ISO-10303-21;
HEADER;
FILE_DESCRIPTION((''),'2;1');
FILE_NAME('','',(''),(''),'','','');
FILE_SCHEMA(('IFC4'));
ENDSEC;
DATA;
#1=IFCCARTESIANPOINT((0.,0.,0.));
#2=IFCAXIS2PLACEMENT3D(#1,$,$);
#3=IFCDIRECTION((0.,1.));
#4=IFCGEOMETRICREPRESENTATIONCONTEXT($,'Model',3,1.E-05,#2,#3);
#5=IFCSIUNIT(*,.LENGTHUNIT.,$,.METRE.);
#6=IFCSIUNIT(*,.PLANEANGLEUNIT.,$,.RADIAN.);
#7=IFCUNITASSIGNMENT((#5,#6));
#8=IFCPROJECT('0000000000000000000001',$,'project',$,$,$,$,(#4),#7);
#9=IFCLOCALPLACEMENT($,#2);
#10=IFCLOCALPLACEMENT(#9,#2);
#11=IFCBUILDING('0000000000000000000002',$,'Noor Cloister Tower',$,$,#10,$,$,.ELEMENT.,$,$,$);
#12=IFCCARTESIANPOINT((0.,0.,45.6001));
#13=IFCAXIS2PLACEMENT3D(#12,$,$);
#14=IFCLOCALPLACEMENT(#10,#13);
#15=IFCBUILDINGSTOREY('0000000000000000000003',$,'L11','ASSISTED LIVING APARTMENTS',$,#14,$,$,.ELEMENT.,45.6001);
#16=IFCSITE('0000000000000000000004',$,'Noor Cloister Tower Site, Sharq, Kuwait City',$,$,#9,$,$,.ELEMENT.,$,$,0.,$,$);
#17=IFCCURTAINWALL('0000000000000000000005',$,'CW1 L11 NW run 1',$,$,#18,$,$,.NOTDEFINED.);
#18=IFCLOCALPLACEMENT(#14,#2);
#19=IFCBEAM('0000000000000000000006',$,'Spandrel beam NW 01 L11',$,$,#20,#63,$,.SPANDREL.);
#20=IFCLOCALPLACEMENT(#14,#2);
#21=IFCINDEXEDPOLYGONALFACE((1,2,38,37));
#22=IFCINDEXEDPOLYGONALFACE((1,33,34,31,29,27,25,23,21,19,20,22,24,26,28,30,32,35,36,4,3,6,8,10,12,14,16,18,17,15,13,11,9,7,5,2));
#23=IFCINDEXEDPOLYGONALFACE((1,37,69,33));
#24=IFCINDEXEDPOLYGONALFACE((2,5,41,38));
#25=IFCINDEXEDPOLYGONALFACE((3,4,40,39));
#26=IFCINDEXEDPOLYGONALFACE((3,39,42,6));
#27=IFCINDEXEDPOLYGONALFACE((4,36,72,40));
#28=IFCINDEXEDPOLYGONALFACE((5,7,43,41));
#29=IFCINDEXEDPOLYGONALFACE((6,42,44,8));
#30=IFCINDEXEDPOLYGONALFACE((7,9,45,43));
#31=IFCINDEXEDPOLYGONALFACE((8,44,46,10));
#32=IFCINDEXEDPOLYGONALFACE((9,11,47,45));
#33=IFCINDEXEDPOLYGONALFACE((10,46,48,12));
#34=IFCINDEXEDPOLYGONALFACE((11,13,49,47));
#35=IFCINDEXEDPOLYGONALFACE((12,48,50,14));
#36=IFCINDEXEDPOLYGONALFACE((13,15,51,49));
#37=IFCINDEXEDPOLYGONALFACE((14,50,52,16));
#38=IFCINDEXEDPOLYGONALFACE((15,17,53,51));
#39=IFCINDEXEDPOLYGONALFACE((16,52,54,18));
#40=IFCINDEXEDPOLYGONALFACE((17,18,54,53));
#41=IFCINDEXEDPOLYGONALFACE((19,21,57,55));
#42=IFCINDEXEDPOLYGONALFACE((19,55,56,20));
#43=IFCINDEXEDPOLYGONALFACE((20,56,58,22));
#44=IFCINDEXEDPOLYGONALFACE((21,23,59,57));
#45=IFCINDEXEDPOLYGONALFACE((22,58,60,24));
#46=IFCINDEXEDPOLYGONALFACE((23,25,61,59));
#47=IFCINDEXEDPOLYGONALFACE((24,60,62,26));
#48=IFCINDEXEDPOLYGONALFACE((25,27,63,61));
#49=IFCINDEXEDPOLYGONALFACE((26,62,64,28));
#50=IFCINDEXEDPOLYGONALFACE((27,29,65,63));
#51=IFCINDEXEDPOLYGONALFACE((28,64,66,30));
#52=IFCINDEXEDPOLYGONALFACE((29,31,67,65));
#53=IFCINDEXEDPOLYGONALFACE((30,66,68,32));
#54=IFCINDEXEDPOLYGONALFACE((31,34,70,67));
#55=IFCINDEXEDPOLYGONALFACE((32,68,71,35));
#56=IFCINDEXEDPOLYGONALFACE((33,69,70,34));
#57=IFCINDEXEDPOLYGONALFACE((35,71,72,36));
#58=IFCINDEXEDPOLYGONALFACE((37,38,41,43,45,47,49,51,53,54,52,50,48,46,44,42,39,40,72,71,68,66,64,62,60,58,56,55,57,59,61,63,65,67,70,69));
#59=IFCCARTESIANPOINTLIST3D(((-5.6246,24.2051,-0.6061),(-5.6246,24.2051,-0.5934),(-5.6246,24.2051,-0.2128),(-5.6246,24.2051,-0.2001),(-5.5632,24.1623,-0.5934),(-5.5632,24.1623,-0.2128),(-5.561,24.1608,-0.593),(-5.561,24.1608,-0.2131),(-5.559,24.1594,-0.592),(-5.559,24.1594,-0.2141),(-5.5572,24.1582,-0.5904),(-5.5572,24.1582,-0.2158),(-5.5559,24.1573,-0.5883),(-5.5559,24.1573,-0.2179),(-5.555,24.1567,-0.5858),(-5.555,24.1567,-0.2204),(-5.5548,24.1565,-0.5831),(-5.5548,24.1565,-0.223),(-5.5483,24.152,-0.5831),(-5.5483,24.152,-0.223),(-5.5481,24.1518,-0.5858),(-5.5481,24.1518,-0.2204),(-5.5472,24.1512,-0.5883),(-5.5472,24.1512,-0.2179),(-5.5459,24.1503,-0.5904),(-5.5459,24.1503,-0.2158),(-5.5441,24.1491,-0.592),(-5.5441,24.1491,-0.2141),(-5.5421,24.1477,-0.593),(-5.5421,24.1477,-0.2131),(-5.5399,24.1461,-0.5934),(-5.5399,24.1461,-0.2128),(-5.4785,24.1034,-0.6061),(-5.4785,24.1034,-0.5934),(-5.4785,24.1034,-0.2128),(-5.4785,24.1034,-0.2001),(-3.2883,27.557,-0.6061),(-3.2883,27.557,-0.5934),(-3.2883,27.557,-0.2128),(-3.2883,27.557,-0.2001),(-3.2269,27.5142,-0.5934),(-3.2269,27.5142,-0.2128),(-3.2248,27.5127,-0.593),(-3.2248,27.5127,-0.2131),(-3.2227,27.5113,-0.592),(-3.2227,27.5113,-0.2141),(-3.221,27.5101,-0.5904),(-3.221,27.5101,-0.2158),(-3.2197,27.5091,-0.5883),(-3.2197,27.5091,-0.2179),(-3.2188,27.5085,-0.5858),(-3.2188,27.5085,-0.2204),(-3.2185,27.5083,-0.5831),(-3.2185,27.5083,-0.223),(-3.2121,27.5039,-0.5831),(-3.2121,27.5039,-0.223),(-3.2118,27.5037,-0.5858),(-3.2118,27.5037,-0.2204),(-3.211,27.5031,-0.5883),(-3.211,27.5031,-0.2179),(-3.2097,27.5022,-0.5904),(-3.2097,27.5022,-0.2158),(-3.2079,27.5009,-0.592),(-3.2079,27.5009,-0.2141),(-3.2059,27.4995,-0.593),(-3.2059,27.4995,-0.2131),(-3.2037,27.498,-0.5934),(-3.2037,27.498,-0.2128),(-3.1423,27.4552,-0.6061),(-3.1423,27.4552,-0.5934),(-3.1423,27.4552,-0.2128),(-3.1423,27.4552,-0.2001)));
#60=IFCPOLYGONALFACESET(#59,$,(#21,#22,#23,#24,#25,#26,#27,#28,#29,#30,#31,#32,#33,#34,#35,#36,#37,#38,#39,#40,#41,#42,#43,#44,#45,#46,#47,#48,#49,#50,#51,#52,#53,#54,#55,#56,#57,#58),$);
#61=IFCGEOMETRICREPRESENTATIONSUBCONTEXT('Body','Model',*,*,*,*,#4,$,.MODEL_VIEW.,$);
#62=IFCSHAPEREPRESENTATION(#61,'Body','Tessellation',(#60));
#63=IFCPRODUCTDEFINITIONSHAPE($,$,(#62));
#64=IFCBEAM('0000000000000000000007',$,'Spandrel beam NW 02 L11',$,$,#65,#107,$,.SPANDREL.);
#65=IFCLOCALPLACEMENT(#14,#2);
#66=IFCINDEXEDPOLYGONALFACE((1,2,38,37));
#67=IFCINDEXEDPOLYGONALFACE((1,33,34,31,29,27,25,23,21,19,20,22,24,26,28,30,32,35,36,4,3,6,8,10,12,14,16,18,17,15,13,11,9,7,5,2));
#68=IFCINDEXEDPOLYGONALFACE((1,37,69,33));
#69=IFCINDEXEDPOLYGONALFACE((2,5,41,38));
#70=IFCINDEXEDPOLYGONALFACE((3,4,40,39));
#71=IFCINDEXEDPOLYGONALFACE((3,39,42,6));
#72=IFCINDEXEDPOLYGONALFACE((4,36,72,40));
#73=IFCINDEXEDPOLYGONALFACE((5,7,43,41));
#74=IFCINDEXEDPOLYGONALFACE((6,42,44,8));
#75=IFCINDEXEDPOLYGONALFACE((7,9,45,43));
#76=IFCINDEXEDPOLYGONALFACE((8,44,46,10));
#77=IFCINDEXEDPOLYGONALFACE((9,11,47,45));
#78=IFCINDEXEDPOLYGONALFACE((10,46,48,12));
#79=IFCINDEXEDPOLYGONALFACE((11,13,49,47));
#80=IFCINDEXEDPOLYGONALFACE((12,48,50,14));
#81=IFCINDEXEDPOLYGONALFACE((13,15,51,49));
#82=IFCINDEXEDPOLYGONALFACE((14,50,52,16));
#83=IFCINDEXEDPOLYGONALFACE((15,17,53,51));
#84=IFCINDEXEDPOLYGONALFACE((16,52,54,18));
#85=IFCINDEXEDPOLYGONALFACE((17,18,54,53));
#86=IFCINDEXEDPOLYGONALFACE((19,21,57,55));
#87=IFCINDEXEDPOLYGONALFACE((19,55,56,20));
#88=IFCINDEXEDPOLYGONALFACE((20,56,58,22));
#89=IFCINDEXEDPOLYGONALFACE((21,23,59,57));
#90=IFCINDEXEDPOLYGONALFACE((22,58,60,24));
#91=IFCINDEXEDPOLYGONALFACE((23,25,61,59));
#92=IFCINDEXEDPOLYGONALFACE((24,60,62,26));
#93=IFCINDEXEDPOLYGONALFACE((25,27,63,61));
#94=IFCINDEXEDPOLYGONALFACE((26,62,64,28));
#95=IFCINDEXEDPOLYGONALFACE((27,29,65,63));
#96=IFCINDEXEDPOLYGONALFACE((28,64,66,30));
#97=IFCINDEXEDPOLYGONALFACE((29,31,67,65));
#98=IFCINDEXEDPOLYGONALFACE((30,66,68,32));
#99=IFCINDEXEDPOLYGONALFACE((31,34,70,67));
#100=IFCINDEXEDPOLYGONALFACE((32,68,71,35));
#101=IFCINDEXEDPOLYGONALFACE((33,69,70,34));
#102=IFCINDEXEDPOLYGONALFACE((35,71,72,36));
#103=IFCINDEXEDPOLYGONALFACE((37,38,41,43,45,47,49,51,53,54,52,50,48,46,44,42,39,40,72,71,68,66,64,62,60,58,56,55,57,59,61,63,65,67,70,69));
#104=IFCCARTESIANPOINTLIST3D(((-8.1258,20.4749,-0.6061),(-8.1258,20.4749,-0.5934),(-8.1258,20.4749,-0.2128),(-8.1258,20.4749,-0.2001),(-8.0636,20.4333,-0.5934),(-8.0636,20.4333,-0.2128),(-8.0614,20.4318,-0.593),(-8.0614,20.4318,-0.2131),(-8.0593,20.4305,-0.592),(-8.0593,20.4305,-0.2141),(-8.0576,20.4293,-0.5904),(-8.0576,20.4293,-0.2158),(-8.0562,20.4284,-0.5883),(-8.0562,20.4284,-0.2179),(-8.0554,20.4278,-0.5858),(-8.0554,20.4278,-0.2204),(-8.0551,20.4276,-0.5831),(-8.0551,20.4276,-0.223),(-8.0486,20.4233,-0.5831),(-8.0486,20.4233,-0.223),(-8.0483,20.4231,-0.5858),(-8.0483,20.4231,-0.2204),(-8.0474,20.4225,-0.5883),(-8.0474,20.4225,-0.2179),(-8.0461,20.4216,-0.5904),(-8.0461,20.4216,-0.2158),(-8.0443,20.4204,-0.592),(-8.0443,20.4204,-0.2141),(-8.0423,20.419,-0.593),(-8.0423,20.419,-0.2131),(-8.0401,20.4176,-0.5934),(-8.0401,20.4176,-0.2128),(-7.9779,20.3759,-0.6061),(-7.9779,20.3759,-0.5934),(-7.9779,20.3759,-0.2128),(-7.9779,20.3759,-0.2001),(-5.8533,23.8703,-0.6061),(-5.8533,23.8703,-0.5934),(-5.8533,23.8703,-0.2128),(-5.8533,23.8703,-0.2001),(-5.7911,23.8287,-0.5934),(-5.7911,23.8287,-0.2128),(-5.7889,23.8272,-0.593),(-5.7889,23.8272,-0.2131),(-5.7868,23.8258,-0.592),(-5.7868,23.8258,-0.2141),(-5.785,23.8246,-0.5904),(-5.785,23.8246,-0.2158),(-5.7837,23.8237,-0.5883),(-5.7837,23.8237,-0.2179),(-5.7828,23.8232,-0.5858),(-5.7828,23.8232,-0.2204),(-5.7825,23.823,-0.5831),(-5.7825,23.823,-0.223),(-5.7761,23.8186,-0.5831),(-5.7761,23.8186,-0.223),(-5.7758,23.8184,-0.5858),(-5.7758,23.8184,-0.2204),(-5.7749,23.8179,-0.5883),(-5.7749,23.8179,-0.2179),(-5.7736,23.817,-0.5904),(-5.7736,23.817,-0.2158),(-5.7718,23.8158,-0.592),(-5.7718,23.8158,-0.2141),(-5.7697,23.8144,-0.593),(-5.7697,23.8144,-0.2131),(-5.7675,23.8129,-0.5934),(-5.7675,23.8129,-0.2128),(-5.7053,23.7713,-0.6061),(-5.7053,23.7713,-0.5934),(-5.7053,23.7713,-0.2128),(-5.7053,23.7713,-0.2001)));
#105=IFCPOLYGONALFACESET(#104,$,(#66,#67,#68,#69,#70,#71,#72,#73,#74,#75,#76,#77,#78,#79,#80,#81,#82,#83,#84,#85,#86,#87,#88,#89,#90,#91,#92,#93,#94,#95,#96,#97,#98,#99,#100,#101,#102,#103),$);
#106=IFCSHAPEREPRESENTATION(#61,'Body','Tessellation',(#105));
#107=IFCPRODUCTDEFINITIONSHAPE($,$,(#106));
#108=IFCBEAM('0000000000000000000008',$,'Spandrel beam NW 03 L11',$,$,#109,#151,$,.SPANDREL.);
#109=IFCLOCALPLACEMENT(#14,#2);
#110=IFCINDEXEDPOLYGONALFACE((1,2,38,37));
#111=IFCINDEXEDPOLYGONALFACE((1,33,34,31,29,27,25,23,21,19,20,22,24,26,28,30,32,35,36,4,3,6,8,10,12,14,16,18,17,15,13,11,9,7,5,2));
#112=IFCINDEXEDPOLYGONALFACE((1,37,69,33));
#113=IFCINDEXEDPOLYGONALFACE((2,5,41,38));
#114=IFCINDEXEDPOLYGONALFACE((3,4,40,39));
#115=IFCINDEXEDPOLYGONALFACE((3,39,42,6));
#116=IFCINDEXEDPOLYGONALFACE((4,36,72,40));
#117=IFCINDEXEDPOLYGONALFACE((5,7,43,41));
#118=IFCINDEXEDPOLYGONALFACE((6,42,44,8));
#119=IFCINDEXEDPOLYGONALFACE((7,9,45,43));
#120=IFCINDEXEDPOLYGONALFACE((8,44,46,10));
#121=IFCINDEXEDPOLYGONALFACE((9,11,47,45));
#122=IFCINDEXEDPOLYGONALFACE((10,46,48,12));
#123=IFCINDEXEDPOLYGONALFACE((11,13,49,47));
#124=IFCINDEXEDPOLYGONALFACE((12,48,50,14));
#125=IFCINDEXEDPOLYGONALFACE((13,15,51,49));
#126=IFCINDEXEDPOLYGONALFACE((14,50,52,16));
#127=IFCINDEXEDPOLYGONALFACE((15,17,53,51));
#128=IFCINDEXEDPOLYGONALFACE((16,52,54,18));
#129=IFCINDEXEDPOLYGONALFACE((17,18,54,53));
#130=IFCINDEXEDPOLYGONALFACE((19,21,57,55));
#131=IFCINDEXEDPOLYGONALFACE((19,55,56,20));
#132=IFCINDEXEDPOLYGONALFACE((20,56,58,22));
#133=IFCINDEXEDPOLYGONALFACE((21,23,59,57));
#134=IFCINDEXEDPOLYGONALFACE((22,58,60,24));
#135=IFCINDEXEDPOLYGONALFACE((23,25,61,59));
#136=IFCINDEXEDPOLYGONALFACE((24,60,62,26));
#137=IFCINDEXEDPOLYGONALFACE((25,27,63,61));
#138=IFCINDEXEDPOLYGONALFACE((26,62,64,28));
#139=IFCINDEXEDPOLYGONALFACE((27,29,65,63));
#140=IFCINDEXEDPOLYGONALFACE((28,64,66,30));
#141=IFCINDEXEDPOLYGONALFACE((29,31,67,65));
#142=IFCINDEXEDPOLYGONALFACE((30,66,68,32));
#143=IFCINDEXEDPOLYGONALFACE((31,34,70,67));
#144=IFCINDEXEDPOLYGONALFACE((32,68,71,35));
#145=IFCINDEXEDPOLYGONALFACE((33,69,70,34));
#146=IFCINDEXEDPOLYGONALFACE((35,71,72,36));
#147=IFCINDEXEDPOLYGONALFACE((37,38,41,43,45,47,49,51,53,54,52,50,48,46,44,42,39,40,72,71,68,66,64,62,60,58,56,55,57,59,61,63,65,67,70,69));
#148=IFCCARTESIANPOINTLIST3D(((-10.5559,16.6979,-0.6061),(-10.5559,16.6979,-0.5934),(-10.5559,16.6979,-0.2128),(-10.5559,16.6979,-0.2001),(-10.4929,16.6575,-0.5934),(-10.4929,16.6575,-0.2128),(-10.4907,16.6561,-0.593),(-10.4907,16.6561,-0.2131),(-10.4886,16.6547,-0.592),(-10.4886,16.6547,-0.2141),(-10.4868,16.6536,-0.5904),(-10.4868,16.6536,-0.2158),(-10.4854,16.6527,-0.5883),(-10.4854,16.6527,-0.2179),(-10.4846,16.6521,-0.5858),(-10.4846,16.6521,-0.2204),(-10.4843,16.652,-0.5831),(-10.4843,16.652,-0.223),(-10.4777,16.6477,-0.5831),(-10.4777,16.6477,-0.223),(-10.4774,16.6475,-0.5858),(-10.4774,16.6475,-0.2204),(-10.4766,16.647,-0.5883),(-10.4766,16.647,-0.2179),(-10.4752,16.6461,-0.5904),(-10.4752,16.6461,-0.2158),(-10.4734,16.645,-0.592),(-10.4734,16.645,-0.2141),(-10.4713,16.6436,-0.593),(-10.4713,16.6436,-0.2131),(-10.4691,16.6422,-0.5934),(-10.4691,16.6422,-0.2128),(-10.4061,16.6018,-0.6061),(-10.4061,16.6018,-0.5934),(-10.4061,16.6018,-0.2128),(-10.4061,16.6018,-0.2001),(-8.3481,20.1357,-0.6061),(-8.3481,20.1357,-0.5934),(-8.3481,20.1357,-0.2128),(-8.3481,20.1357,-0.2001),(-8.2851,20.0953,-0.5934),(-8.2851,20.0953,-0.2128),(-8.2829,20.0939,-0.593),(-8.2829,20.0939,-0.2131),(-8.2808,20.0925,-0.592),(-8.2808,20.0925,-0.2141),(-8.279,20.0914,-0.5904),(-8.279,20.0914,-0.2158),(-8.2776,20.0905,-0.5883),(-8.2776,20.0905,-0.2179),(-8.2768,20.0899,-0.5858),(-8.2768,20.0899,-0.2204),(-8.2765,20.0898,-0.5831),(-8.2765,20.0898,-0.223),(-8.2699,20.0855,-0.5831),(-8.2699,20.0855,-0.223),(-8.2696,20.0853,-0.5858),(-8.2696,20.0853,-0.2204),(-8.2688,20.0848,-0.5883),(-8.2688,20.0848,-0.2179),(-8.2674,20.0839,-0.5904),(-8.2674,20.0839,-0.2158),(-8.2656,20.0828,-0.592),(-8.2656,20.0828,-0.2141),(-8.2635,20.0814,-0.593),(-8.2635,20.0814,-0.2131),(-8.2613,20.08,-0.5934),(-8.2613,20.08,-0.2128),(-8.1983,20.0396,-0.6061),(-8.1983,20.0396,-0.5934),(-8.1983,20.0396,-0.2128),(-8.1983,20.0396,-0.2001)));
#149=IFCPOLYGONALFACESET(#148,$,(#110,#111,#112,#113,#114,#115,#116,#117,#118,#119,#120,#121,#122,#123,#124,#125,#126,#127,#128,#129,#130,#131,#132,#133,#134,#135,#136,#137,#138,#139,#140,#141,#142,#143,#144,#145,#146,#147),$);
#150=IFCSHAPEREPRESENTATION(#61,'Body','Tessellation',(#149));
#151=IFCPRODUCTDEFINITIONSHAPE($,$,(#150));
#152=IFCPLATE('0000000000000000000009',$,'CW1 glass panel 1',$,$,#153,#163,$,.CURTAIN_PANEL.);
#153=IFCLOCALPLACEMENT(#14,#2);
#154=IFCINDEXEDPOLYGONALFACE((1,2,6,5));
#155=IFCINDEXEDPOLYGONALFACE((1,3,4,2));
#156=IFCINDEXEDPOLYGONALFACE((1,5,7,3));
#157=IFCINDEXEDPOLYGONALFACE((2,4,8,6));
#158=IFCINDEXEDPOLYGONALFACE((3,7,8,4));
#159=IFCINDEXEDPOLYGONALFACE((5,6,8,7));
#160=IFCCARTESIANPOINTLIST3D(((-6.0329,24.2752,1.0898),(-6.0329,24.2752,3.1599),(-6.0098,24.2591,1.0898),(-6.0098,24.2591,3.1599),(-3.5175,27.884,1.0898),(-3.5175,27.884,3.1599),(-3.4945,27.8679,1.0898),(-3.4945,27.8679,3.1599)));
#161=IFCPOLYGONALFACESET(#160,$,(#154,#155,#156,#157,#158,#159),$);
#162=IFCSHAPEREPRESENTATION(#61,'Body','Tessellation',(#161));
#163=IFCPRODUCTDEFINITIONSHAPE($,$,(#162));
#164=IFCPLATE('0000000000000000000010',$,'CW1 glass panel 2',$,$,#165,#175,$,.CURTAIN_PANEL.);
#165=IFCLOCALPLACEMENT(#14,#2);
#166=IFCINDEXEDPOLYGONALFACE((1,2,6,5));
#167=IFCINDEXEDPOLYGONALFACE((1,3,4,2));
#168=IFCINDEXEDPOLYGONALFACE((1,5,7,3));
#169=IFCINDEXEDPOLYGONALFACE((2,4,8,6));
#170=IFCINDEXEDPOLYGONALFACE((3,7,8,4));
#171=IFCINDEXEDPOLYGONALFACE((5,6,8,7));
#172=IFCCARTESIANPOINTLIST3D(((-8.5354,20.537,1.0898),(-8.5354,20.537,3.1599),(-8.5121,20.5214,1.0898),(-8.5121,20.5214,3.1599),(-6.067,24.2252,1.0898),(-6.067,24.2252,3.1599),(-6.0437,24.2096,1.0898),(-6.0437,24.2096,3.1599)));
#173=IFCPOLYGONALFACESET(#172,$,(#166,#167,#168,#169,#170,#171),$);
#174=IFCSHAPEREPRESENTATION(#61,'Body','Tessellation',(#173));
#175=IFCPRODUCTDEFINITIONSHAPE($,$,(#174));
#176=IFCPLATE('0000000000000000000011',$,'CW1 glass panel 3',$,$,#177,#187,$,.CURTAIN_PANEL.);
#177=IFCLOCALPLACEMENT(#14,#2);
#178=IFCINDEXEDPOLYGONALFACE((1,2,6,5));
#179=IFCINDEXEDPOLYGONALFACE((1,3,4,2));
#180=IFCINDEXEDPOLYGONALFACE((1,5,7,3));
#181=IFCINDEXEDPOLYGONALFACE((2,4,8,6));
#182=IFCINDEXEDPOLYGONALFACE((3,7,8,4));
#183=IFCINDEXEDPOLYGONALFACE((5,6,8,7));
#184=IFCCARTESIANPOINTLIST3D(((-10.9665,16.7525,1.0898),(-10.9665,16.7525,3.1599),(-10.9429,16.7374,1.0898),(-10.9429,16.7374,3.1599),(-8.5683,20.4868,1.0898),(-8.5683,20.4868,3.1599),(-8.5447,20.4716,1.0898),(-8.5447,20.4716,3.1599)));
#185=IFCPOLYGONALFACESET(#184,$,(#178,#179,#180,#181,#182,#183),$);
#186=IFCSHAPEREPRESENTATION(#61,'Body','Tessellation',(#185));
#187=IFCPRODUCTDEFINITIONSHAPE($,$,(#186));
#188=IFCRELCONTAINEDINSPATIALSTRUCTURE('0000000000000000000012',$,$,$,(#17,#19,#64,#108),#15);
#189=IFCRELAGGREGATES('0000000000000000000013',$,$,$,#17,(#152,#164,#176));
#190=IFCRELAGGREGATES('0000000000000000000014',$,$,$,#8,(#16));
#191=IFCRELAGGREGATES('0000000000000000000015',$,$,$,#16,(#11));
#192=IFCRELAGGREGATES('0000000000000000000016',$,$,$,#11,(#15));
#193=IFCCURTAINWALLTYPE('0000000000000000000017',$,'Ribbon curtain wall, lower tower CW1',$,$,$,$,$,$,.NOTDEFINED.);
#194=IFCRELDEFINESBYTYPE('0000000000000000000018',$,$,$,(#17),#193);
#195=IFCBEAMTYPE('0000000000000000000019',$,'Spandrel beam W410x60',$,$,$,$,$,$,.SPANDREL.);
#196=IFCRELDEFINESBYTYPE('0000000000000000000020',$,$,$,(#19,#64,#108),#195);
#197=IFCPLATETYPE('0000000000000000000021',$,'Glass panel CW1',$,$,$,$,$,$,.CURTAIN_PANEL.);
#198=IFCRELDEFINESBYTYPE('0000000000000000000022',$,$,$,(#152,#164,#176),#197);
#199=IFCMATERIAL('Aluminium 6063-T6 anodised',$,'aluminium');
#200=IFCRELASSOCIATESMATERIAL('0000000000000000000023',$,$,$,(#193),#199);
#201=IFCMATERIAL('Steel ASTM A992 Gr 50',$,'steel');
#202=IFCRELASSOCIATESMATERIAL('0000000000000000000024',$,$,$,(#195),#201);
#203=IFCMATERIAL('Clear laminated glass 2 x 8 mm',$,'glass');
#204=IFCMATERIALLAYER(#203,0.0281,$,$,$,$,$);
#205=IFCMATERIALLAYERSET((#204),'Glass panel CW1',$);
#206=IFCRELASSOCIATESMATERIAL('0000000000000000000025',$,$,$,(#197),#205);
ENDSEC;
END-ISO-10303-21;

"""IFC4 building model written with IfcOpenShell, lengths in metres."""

from ifc_helpers import new_model, si_unit, direction, frame, origin, origin_2d, place, context, subcontext, project, spatial, rectangle, i_section, extrude, material, layer, layer_set, material_profile, profile_set, type_object, element, aggregate, save


model = new_model("IFC4")

# Units and contexts
model_context = context("Model", 3, precision=1e-05, world=origin(), true_north=direction((0.0, 1.0)))
body_context = subcontext(model_context, "Body", "Model", "MODEL_VIEW")
ifc_project = project(units=[si_unit("LENGTHUNIT", "METRE"), si_unit("PLANEANGLEUNIT", "RADIAN")], contexts=[model_context])

# Site, building, storey
site_placement = place(None, origin())
site = spatial("IfcSite", under=ifc_project, at=site_placement, Name="Noor Cloister Tower Site, Sharq, Kuwait City", CompositionType="ELEMENT", RefElevation=0.0)
building_placement = place(site_placement, origin())
building = spatial("IfcBuilding", under=site, at=building_placement, Name="Noor Cloister Tower", CompositionType="ELEMENT")
storey_placement = place(building_placement, frame((0.0, 0.0, 45.6001)))
storey = spatial("IfcBuildingStorey", under=building, at=storey_placement, Name="L11", Description="ASSISTED LIVING APARTMENTS", CompositionType="ELEMENT", Elevation=45.6001)

# Curtain wall
ifc_material_1 = material(Name="Aluminium 6063-T6 anodised", Category="aluminium")
curtain_wall_type = type_object("IfcCurtainWallType", Name="Ribbon curtain wall, lower tower CW1", PredefinedType="NOTDEFINED", material=ifc_material_1)
curtain_wall_placement = place(storey_placement, origin())
curtain_wall = element("IfcCurtainWall", 1, at=curtain_wall_placement, inside=storey, type_object=curtain_wall_type, Name="CW1 L11 NW run 1", PredefinedType="NOTDEFINED")

# Beams
ifc_material_2 = material(Name="Steel ASTM A992 Gr 50", Category="steel")
ifc_material_profile_1 = material_profile(ifc_material_2, i_section(OverallWidth=0.178, OverallDepth=0.406, WebThickness=0.0078, FlangeThickness=0.0127, FilletRadius=0.0103, at=origin_2d()), Name="W410x60")
ifc_profile_set_1 = profile_set([ifc_material_profile_1], Name="Steel ASTM A992 Gr 50")
beam_type_1 = type_object("IfcBeamType", Name="Spandrel beam W410x60", PredefinedType="SPANDREL", material=ifc_profile_set_1)
for number, where, z_axis, x_axis, name in (
    (2, (-3.2153, 27.5061, -0.4031), (-0.571805, -0.82039, 0.0), (0.82039, -0.571805, 0.0), "Spandrel beam NW 01 L11"),
    (3, (-5.7793, 23.8208, -0.4031), (-0.556216, -0.831038, 0.0), (0.831038, -0.556216, 0.0), "Spandrel beam NW 02 L11"),
    (4, (-8.2732, 20.0876, -0.4031), (-0.540374, -0.841425, 0.0), (0.841425, -0.540374, 0.0), "Spandrel beam NW 03 L11"),
):
    element("IfcBeam", number, at=place(storey_placement, frame(where, z_axis=z_axis, x_axis=x_axis)), inside=storey, type_object=beam_type_1, Name=name, PredefinedType="SPANDREL", context=body_context, shape_type="SweptSolid", body=[
        extrude(i_section(OverallWidth=0.178, OverallDepth=0.406, WebThickness=0.0078, FlangeThickness=0.0127, FilletRadius=0.0103, at=origin_2d()), origin(), (0.0, 0.0, 1.0), 4.0857),
    ])

# Plates
ifc_material_3 = material(Name="Clear laminated glass 2 x 8 mm", Category="glass")
ifc_layer = layer(ifc_material_3, 0.0281)
ifc_layer_set = layer_set([ifc_layer], Name="Glass panel CW1")
plate_type = type_object("IfcPlateType", Name="Glass panel CW1", PredefinedType="CURTAIN_PANEL", material=ifc_layer_set)
plate_1_placement = place(storey_placement, frame((-4.7637, 26.0715, 1.0898), z_axis=(0.0, 0.0, 1.0), x_axis=(-0.571818, -0.82038, 0.0)))
plate_1 = element("IfcPlate", 5, at=plate_1_placement, type_object=plate_type, Name="CW1 glass panel 1", PredefinedType="CURTAIN_PANEL", context=body_context, shape_type="SweptSolid", body=[
    extrude(rectangle(XDim=4.3989, YDim=0.0281, at=origin_2d()), origin(), (0.0, 0.0, 1.0), 2.0701),
])
plate_2_placement = place(storey_placement, frame((-7.2896, 22.3733, 1.0898), z_axis=(0.0, 0.0, 1.0), x_axis=(-0.556198, -0.831049, 0.0)))
plate_2 = element("IfcPlate", 6, at=plate_2_placement, type_object=plate_type, Name="CW1 glass panel 2", PredefinedType="CURTAIN_PANEL", context=body_context, shape_type="SweptSolid", body=[
    extrude(rectangle(XDim=4.438, YDim=0.0281, at=origin_2d()), origin(), (0.0, 0.0, 1.0), 2.0701),
])
plate_3_placement = place(storey_placement, frame((-9.7556, 18.6121, 1.0898), z_axis=(0.0, 0.0, 1.0), x_axis=(-0.54038, -0.841421, 0.0)))
plate_3 = element("IfcPlate", 7, at=plate_3_placement, type_object=plate_type, Name="CW1 glass panel 3", PredefinedType="CURTAIN_PANEL", context=body_context, shape_type="SweptSolid", body=[
    extrude(rectangle(XDim=4.438, YDim=0.0281, at=origin_2d()), origin(), (0.0, 0.0, 1.0), 2.0701),
])
aggregate(curtain_wall, [plate_1, plate_2, plate_3])

save(model, "model.ifc")
